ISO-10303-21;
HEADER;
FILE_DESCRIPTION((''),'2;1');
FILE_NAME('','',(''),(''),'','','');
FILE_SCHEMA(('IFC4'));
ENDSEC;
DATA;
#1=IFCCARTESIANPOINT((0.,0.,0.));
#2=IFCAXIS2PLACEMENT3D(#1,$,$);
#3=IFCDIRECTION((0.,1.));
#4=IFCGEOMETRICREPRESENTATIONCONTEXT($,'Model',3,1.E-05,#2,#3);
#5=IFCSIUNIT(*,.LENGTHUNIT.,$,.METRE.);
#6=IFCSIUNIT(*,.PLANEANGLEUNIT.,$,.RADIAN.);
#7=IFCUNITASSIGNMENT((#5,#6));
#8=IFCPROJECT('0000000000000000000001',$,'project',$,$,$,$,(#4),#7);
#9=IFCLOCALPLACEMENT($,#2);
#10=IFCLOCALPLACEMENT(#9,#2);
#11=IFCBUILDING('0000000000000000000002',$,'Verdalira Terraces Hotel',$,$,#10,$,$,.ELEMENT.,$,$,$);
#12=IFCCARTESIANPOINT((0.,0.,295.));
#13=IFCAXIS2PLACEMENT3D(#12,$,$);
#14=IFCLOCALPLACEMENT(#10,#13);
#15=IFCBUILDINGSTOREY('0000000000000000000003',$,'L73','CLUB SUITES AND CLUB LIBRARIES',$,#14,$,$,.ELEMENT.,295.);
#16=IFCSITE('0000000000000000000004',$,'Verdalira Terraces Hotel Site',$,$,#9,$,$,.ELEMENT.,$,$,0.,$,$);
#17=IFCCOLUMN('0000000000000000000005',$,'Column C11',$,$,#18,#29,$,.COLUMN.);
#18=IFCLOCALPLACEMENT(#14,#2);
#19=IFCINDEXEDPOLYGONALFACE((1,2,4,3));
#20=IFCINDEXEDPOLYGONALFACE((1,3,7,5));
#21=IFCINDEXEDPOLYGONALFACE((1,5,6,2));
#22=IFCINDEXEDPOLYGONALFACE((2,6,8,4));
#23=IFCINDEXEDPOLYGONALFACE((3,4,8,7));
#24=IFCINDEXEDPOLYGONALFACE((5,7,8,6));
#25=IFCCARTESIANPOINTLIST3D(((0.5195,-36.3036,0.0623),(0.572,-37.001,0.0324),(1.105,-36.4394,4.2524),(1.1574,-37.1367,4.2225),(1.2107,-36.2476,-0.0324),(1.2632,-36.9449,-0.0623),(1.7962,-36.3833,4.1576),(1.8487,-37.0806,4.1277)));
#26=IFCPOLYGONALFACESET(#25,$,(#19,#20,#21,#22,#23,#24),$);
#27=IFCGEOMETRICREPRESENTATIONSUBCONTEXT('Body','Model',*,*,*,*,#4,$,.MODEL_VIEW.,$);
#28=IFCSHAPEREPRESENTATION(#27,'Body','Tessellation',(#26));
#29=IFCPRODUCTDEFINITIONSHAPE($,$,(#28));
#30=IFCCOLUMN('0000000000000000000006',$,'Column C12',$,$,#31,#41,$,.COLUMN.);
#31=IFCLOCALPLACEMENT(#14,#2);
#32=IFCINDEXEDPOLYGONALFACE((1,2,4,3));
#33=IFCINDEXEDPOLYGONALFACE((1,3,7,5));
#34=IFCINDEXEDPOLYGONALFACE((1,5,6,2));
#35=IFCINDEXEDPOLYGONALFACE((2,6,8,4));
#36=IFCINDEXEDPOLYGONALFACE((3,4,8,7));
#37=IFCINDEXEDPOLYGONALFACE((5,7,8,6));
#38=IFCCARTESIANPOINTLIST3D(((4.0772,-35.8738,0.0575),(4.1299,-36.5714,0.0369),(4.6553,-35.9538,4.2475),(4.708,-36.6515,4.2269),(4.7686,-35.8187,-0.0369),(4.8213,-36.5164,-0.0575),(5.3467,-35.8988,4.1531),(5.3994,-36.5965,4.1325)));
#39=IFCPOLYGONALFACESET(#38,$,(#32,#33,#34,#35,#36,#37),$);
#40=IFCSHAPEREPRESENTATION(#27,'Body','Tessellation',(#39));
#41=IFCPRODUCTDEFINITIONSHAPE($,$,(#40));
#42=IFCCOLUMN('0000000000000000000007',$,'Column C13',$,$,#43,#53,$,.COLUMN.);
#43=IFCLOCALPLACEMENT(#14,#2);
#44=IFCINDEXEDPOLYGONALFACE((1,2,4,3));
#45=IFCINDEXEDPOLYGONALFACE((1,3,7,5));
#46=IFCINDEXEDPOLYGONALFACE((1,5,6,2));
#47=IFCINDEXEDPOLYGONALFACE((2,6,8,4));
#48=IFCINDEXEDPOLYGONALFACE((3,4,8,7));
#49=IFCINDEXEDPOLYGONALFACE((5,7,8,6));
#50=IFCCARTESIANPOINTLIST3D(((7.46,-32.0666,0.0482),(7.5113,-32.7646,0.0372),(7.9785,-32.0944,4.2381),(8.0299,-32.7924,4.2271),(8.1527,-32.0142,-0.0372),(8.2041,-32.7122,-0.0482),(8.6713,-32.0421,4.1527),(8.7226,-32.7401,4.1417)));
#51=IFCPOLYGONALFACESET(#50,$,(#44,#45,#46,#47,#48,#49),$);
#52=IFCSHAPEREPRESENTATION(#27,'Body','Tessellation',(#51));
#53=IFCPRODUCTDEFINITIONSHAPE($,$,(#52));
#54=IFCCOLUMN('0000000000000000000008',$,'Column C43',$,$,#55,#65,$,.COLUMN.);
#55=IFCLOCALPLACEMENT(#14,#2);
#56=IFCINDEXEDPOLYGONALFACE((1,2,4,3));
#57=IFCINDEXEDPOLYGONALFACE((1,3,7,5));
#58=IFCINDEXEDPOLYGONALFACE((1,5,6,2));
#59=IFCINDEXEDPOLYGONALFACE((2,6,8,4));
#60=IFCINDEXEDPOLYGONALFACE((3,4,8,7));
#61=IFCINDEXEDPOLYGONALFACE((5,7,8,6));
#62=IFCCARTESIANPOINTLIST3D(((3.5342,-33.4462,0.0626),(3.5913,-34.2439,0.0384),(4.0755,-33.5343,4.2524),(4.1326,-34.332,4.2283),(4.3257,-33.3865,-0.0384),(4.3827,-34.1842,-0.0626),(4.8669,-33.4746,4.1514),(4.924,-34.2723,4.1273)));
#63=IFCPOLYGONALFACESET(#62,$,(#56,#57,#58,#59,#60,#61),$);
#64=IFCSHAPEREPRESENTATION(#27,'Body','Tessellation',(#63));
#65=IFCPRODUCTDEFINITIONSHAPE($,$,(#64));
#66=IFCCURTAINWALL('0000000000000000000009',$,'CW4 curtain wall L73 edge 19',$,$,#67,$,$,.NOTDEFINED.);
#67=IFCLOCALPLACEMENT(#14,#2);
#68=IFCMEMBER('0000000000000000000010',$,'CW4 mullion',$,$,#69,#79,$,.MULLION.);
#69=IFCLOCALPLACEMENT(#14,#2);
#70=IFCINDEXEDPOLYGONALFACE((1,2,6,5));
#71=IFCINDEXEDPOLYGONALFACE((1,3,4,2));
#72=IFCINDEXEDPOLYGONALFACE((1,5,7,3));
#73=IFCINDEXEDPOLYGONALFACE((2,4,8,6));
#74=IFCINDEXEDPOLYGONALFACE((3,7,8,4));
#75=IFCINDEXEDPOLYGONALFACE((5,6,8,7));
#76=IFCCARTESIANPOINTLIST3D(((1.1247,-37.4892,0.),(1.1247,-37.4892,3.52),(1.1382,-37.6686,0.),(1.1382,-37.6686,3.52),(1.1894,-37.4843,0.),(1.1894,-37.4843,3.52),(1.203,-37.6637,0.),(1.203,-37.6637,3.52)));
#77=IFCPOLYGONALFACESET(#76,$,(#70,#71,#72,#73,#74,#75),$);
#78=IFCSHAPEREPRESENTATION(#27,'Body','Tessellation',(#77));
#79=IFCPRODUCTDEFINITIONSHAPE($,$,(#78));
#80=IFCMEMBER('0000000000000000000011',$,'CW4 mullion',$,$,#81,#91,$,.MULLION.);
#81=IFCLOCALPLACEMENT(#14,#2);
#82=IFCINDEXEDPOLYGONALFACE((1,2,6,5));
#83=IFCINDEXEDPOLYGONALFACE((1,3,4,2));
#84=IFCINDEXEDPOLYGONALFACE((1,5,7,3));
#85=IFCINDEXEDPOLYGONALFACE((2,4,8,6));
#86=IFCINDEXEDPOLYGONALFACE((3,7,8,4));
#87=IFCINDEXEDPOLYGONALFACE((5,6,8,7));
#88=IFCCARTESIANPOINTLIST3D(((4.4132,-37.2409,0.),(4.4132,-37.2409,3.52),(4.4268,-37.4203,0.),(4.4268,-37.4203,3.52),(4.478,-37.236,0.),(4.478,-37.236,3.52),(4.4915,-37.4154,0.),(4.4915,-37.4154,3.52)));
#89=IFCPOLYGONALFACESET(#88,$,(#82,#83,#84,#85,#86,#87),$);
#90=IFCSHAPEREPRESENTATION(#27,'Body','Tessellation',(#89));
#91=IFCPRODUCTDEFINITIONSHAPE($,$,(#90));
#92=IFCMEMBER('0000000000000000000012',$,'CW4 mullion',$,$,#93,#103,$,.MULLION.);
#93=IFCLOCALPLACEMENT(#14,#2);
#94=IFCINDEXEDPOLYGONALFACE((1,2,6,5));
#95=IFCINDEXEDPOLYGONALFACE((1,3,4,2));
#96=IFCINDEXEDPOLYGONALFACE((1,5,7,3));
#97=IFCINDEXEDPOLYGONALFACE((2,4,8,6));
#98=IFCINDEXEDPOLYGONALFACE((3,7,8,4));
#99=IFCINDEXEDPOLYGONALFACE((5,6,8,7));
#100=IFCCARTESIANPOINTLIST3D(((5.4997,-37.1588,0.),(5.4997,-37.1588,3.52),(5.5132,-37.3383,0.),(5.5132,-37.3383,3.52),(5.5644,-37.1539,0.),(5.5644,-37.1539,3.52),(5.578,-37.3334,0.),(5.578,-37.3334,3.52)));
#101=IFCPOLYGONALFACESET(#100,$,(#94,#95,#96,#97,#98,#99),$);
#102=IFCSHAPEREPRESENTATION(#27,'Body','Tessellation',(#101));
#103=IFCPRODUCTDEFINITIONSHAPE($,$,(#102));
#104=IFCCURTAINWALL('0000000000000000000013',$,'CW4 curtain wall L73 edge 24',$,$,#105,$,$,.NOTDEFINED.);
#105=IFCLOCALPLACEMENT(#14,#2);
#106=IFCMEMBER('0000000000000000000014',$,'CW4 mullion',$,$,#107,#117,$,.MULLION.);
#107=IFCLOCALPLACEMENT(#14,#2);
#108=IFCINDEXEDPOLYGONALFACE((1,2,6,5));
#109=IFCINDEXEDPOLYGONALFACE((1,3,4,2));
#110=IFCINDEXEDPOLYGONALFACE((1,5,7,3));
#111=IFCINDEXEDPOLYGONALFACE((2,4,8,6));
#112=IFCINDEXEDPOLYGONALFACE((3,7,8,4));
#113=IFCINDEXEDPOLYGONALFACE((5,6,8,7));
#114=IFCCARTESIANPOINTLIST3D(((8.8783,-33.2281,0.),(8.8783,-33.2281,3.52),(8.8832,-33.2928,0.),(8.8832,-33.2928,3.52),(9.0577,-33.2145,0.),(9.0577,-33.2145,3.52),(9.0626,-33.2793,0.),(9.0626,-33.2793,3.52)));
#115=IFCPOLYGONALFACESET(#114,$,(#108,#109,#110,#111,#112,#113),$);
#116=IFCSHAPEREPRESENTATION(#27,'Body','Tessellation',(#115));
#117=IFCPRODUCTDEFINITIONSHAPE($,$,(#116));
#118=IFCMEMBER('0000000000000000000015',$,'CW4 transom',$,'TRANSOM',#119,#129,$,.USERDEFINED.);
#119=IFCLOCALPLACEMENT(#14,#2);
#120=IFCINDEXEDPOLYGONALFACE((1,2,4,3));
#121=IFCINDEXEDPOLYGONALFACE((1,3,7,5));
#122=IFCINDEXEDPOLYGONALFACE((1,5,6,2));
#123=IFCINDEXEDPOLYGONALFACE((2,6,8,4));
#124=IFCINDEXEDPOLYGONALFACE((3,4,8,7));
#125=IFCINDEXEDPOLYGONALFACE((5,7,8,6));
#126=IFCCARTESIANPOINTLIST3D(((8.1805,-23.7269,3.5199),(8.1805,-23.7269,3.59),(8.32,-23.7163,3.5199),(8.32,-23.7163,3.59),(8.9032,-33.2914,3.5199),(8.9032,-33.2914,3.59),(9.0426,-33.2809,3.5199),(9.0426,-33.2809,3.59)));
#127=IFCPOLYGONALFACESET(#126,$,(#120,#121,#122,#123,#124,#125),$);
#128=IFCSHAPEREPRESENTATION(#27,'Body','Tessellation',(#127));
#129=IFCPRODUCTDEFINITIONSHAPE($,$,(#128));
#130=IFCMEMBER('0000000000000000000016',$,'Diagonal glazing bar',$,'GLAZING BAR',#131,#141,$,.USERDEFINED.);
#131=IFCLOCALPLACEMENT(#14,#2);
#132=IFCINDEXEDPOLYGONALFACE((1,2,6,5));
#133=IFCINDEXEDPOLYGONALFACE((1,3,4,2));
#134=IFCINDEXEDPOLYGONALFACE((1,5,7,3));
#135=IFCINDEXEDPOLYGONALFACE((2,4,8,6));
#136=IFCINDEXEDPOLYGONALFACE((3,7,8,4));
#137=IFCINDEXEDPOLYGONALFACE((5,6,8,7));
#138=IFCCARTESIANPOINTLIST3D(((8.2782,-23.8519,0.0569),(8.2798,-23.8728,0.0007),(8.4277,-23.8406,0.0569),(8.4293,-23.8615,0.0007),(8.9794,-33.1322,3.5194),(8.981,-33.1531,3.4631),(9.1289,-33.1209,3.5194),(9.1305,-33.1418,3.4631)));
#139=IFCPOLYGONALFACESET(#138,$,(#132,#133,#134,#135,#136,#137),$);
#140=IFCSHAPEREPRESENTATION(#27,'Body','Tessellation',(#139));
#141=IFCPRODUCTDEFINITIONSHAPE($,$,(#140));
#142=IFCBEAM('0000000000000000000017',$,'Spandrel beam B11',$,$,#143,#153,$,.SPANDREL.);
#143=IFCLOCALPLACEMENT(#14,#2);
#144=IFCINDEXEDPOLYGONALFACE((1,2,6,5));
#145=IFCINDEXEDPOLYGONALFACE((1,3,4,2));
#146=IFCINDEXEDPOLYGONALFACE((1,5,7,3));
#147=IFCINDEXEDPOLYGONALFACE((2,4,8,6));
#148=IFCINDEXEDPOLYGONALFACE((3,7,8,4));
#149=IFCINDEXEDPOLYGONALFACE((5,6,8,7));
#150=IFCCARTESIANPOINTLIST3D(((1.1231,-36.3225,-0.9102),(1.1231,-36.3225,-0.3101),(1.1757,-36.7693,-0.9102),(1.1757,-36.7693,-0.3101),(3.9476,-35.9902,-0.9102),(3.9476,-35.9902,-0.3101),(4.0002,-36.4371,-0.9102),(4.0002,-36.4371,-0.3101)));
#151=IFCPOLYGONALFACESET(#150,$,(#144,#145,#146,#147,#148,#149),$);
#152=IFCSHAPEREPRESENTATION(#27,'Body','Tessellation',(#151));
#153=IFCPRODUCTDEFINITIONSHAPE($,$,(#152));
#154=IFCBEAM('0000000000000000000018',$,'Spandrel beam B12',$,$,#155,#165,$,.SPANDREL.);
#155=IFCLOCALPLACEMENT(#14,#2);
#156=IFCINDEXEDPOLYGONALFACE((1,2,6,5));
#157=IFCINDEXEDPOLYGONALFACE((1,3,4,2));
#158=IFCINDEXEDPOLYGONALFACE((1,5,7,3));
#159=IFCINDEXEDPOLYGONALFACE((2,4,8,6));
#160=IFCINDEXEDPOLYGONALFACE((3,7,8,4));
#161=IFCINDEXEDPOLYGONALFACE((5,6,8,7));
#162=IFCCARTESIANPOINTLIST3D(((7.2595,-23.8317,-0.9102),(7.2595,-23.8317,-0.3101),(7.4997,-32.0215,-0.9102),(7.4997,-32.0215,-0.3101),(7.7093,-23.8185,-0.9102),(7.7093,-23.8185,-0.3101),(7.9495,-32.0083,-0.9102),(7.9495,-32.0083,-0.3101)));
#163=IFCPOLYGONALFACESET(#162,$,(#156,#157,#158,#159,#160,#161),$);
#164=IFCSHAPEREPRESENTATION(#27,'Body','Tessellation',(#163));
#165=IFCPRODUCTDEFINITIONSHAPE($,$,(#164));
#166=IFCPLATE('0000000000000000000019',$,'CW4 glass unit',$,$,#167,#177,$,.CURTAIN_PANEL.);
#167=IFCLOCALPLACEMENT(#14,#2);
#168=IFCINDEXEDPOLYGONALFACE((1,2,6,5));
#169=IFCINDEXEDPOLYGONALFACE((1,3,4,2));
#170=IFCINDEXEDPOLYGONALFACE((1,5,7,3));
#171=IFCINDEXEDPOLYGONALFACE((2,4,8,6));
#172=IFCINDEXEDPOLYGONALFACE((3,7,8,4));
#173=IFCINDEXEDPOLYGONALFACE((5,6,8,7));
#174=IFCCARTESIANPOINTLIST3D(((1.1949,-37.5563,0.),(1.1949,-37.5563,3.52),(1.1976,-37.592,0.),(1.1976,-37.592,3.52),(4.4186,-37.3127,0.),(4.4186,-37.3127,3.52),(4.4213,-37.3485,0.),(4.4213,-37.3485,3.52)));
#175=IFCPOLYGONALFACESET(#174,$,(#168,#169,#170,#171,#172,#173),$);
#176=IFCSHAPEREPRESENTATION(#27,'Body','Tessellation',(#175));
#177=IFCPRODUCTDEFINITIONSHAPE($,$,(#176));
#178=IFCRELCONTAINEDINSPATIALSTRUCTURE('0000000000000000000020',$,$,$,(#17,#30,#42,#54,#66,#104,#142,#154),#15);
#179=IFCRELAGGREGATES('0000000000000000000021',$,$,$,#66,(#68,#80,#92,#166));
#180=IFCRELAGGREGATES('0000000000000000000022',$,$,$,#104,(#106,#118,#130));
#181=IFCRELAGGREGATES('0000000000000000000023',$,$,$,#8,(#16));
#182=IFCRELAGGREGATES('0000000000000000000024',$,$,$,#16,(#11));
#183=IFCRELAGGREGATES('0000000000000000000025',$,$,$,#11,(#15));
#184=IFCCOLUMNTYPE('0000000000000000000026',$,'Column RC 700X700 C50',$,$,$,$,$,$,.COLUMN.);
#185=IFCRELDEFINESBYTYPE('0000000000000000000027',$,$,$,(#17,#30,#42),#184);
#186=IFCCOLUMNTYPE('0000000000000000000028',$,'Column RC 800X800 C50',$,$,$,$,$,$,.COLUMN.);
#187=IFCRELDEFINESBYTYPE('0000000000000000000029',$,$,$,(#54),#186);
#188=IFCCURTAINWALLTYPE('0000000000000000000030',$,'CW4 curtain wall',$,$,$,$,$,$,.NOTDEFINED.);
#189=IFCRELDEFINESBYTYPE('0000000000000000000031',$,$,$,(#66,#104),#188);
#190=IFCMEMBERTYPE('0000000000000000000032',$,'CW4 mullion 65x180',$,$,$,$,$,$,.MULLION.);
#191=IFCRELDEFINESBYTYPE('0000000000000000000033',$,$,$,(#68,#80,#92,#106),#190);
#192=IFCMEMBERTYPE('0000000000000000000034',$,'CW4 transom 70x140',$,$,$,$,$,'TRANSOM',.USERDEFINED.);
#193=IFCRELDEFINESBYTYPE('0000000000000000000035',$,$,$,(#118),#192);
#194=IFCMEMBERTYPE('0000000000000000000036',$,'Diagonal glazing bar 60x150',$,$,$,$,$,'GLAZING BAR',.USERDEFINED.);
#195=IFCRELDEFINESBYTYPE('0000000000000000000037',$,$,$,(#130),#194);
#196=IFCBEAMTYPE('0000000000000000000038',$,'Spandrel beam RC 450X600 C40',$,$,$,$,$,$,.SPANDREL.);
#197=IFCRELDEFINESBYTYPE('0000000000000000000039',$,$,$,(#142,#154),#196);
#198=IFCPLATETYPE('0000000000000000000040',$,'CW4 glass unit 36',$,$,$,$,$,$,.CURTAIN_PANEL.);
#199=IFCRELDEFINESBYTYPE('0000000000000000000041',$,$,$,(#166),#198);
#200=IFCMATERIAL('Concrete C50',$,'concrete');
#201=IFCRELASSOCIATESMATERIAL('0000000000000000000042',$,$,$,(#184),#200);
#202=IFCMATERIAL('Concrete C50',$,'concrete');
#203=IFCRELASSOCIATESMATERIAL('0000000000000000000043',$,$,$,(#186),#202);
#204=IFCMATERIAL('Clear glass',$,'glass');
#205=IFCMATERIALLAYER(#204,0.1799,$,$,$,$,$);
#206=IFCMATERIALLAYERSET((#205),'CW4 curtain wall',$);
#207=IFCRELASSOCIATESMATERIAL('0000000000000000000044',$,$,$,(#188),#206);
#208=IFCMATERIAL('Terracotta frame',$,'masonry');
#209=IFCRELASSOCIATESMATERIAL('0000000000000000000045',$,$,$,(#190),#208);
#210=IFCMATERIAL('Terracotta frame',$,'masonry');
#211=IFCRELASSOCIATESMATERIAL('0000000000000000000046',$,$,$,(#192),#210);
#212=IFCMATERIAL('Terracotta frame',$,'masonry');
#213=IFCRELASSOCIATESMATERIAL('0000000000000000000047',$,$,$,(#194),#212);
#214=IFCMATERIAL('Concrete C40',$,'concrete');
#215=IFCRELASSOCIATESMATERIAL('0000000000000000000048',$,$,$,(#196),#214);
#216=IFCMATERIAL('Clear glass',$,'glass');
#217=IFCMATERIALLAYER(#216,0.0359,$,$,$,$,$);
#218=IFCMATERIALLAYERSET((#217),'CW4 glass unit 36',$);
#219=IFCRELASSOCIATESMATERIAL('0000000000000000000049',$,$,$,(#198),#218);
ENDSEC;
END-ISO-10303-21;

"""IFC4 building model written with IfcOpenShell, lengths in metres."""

from ifc_helpers import new_model, si_unit, direction, frame, origin, origin_2d, place, context, subcontext, project, spatial, rectangle, extrude, material, layer, layer_set, material_profile, profile_set, type_object, element, aggregate, save


model = new_model("IFC4")

# Units and contexts
model_context = context("Model", 3, precision=1e-05, world=origin(), true_north=direction((0.0, 1.0)))
body_context = subcontext(model_context, "Body", "Model", "MODEL_VIEW")
ifc_project = project(units=[si_unit("LENGTHUNIT", "METRE"), si_unit("PLANEANGLEUNIT", "RADIAN")], contexts=[model_context])

# Site, building, storey
site_placement = place(None, origin())
site = spatial("IfcSite", under=ifc_project, at=site_placement, Name="Verdalira Terraces Hotel Site", CompositionType="ELEMENT", RefElevation=0.0)
building_placement = place(site_placement, origin())
building = spatial("IfcBuilding", under=site, at=building_placement, Name="Verdalira Terraces Hotel", CompositionType="ELEMENT")
storey_placement = place(building_placement, frame((0.0, 0.0, 295.0)))
storey = spatial("IfcBuildingStorey", under=building, at=storey_placement, Name="L73", Description="CLUB SUITES AND CLUB LIBRARIES", CompositionType="ELEMENT", Elevation=295.0)

# Columns
ifc_material_1 = material(Name="Concrete C50", Category="concrete")
ifc_material_profile_1 = material_profile(ifc_material_1, rectangle(XDim=0.7, YDim=0.7, at=origin_2d()), Name="RC 700X700")
ifc_profile_set_1 = profile_set([ifc_material_profile_1], Name="Concrete C50")
column_type_1 = type_object("IfcColumnType", Name="Column RC 700X700 C50", PredefinedType="COLUMN", material=ifc_profile_set_1)
column_1_placement = place(storey_placement, frame((0.8914, -36.6243, 0.0), z_axis=(0.138312, -0.032069, 0.989869), x_axis=(0.987549, 0.080101, -0.135392)))
element("IfcColumn", 1, at=column_1_placement, inside=storey, type_object=column_type_1, Name="Column C11", PredefinedType="COLUMN", context=body_context, shape_type="SweptSolid", body=[
    extrude(rectangle(XDim=0.7, YDim=0.7, at=origin_2d()), origin(), (0.0, 0.0, 1.0), 4.2329),
])
column_2_placement = place(storey_placement, frame((4.4492, -36.1951, 0.0), z_axis=(0.13666, -0.018929, 0.990437), x_axis=(0.987751, 0.078611, -0.134787)))
element("IfcColumn", 2, at=column_2_placement, inside=storey, type_object=column_type_1, Name="Column C12", PredefinedType="COLUMN", context=body_context, shape_type="SweptSolid", body=[
    extrude(rectangle(XDim=0.7, YDim=0.7, at=origin_2d()), origin(), (0.0, 0.0, 1.0), 4.2305),
])
column_3_placement = place(storey_placement, frame((7.832, -32.3894, 0.0), z_axis=(0.122822, -0.006592, 0.992407), x_axis=(-0.073402, 0.997179, 0.015708)))
element("IfcColumn", 3, at=column_3_placement, inside=storey, type_object=column_type_1, Name="Column C13", PredefinedType="COLUMN", context=body_context, shape_type="SweptSolid", body=[
    extrude(rectangle(XDim=0.7, YDim=0.7, at=origin_2d()), origin(), (0.0, 0.0, 1.0), 4.2219),
])
ifc_material_2 = material(Name="Concrete C50", Category="concrete")
ifc_material_profile_2 = material_profile(ifc_material_2, rectangle(XDim=0.8, YDim=0.8, at=origin_2d()), Name="RC 800X800")
ifc_profile_set_2 = profile_set([ifc_material_profile_2], Name="Concrete C50")
column_type_2 = type_object("IfcColumnType", Name="Column RC 800X800 C50", PredefinedType="COLUMN", material=ifc_profile_set_2)
column_4_placement = place(storey_placement, frame((3.9585, -33.8152, 0.0), z_axis=(0.128088, -0.020857, 0.991543), x_axis=(0.071358, -0.996994, -0.03019)))
element("IfcColumn", 4, at=column_4_placement, inside=storey, type_object=column_type_2, Name="Column C43", PredefinedType="COLUMN", context=body_context, shape_type="SweptSolid", body=[
    extrude(rectangle(XDim=0.8, YDim=0.8, at=origin_2d()), origin(), (0.0, 0.0, 1.0), 4.2256),
])

# Curtain walls, members
ifc_material_3 = material(Name="Clear glass", Category="glass")
ifc_layer_1 = layer(ifc_material_3, 0.1799)
ifc_layer_set_1 = layer_set([ifc_layer_1], Name="CW4 curtain wall")
curtain_wall_type = type_object("IfcCurtainWallType", Name="CW4 curtain wall", PredefinedType="NOTDEFINED", material=ifc_layer_set_1)
curtain_wall_1_placement = place(storey_placement, origin())
curtain_wall_1 = element("IfcCurtainWall", 5, at=curtain_wall_1_placement, inside=storey, type_object=curtain_wall_type, Name="CW4 curtain wall L73 edge 19", PredefinedType="NOTDEFINED")
ifc_material_4 = material(Name="Terracotta frame", Category="masonry")
ifc_material_profile_3 = material_profile(ifc_material_4, rectangle(XDim=0.0649, YDim=0.1799, at=origin_2d()), Name="MU 65x180")
ifc_profile_set_3 = profile_set([ifc_material_profile_3], Name="Terracotta frame")
member_type_1 = type_object("IfcMemberType", Name="CW4 mullion 65x180", PredefinedType="MULLION", material=ifc_profile_set_3)
member_1_placement = place(storey_placement, frame((1.1638, -37.5764, 0.0), z_axis=(0.0, 0.0, 1.0), x_axis=(0.997159, 0.075327, 0.0)))
member_1 = element("IfcMember", 6, at=member_1_placement, type_object=member_type_1, Name="CW4 mullion", PredefinedType="MULLION", context=body_context, shape_type="SweptSolid", body=[
    extrude(rectangle(XDim=0.0649, YDim=0.1799, at=origin_2d()), origin(), (0.0, 0.0, 1.0), 3.52),
])
member_2_placement = place(storey_placement, frame((4.4524, -37.3281, 0.0), z_axis=(0.0, 0.0, 1.0), x_axis=(0.997159, 0.075327, 0.0)))
member_2 = element("IfcMember", 7, at=member_2_placement, type_object=member_type_1, Name="CW4 mullion", PredefinedType="MULLION", context=body_context, shape_type="SweptSolid", body=[
    extrude(rectangle(XDim=0.0649, YDim=0.1799, at=origin_2d()), origin(), (0.0, 0.0, 1.0), 3.52),
])
member_3_placement = place(storey_placement, frame((5.5388, -37.2461, 0.0), z_axis=(0.0, 0.0, 1.0), x_axis=(0.997159, 0.075327, 0.0)))
member_3 = element("IfcMember", 8, at=member_3_placement, type_object=member_type_1, Name="CW4 mullion", PredefinedType="MULLION", context=body_context, shape_type="SweptSolid", body=[
    extrude(rectangle(XDim=0.0649, YDim=0.1799, at=origin_2d()), origin(), (0.0, 0.0, 1.0), 3.52),
])
curtain_wall_2_placement = place(storey_placement, origin())
curtain_wall_2 = element("IfcCurtainWall", 9, at=curtain_wall_2_placement, inside=storey, type_object=curtain_wall_type, Name="CW4 curtain wall L73 edge 24", PredefinedType="NOTDEFINED")
member_4_placement = place(storey_placement, frame((8.9705, -33.2537, 0.0), z_axis=(0.0, 0.0, 1.0), x_axis=(-0.075327, 0.997159, 0.0)))
member_4 = element("IfcMember", 10, at=member_4_placement, type_object=member_type_1, Name="CW4 mullion", PredefinedType="MULLION", context=body_context, shape_type="SweptSolid", body=[
    extrude(rectangle(XDim=0.0649, YDim=0.1799, at=origin_2d()), origin(), (0.0, 0.0, 1.0), 3.52),
])
ifc_material_5 = material(Name="Terracotta frame", Category="masonry")
ifc_material_profile_4 = material_profile(ifc_material_5, rectangle(XDim=0.1399, YDim=0.0701, at=origin_2d()), Name="TR 70x140")
ifc_profile_set_4 = profile_set([ifc_material_profile_4], Name="Terracotta frame")
member_type_2 = type_object("IfcMemberType", Name="CW4 transom 70x140", ElementType="TRANSOM", PredefinedType="USERDEFINED", material=ifc_profile_set_4)
member_5_placement = place(storey_placement, frame((8.9729, -33.2861, 3.5549), z_axis=(-0.075342, 0.997158, 0.0), x_axis=(-0.997158, -0.075342, 0.0)))
member_5 = element("IfcMember", 11, at=member_5_placement, type_object=member_type_2, Name="CW4 transom", ObjectType="TRANSOM", PredefinedType="USERDEFINED", context=body_context, shape_type="SweptSolid", body=[
    extrude(rectangle(XDim=0.1399, YDim=0.0701, at=origin_2d()), origin(), (0.0, 0.0, 1.0), 9.5918),
])
ifc_material_6 = material(Name="Terracotta frame", Category="masonry")
ifc_material_profile_5 = material_profile(ifc_material_6, rectangle(XDim=0.1499, YDim=0.0601, at=origin_2d()), Name="GB 60x150")
ifc_profile_set_5 = profile_set([ifc_material_profile_5], Name="Terracotta frame")
member_type_3 = type_object("IfcMemberType", Name="Diagonal glazing bar 60x150", ElementType="GLAZING BAR", PredefinedType="USERDEFINED", material=ifc_profile_set_5)
member_6_placement = place(storey_placement, frame((9.0549, -33.137, 3.4912), z_axis=(-0.070612, 0.934577, -0.348684), x_axis=(-0.997158, -0.07534, 0.0)))
member_6 = element("IfcMember", 12, at=member_6_placement, type_object=member_type_3, Name="Diagonal glazing bar", ObjectType="GLAZING BAR", PredefinedType="USERDEFINED", context=body_context, shape_type="SweptSolid", body=[
    extrude(rectangle(XDim=0.1499, YDim=0.0601, at=origin_2d()), origin(), (0.0, 0.0, 1.0), 9.9299),
])

# Beams
ifc_material_7 = material(Name="Concrete C40", Category="concrete")
ifc_material_profile_6 = material_profile(ifc_material_7, rectangle(XDim=0.45, YDim=0.6001, at=origin_2d()), Name="RC 450X600")
ifc_profile_set_6 = profile_set([ifc_material_profile_6], Name="Concrete C40")
beam_type = type_object("IfcBeamType", Name="Spandrel beam RC 450X600 C40", PredefinedType="SPANDREL", material=ifc_profile_set_6)
beam_1_placement = place(storey_placement, frame((1.1494, -36.5459, -0.6101), z_axis=(0.993151, 0.116836, 0.0), x_axis=(-0.116836, 0.993151, 0.0)))
element("IfcBeam", 13, at=beam_1_placement, inside=storey, type_object=beam_type, Name="Spandrel beam B11", PredefinedType="SPANDREL", context=body_context, shape_type="SweptSolid", body=[
    extrude(rectangle(XDim=0.45, YDim=0.6001, at=origin_2d()), origin(), (0.0, 0.0, 1.0), 2.844),
])
beam_2_placement = place(storey_placement, frame((7.7246, -32.0149, -0.6101), z_axis=(-0.02932, 0.99957, 0.0), x_axis=(-0.99957, -0.02932, 0.0)))
element("IfcBeam", 14, at=beam_2_placement, inside=storey, type_object=beam_type, Name="Spandrel beam B12", PredefinedType="SPANDREL", context=body_context, shape_type="SweptSolid", body=[
    extrude(rectangle(XDim=0.45, YDim=0.6001, at=origin_2d()), origin(), (0.0, 0.0, 1.0), 8.1934),
])

# Plate
ifc_material_8 = material(Name="Clear glass", Category="glass")
ifc_layer_2 = layer(ifc_material_8, 0.0359)
ifc_layer_set_2 = layer_set([ifc_layer_2], Name="CW4 glass unit 36")
plate_type = type_object("IfcPlateType", Name="CW4 glass unit 36", PredefinedType="CURTAIN_PANEL", material=ifc_layer_set_2)
plate_1_placement = place(storey_placement, frame((2.8081, -37.4524, 0.0), z_axis=(0.0, 0.0, 1.0), x_axis=(0.997159, 0.075327, 0.0)))
plate_1 = element("IfcPlate", 15, at=plate_1_placement, type_object=plate_type, Name="CW4 glass unit", PredefinedType="CURTAIN_PANEL", context=body_context, shape_type="SweptSolid", body=[
    extrude(rectangle(XDim=3.2329, YDim=0.0359, at=origin_2d()), origin(), (0.0, 0.0, 1.0), 3.52),
])
aggregate(curtain_wall_1, [member_1, member_2, member_3, plate_1])
aggregate(curtain_wall_2, [member_4, member_5, member_6])

save(model, "model.ifc")
